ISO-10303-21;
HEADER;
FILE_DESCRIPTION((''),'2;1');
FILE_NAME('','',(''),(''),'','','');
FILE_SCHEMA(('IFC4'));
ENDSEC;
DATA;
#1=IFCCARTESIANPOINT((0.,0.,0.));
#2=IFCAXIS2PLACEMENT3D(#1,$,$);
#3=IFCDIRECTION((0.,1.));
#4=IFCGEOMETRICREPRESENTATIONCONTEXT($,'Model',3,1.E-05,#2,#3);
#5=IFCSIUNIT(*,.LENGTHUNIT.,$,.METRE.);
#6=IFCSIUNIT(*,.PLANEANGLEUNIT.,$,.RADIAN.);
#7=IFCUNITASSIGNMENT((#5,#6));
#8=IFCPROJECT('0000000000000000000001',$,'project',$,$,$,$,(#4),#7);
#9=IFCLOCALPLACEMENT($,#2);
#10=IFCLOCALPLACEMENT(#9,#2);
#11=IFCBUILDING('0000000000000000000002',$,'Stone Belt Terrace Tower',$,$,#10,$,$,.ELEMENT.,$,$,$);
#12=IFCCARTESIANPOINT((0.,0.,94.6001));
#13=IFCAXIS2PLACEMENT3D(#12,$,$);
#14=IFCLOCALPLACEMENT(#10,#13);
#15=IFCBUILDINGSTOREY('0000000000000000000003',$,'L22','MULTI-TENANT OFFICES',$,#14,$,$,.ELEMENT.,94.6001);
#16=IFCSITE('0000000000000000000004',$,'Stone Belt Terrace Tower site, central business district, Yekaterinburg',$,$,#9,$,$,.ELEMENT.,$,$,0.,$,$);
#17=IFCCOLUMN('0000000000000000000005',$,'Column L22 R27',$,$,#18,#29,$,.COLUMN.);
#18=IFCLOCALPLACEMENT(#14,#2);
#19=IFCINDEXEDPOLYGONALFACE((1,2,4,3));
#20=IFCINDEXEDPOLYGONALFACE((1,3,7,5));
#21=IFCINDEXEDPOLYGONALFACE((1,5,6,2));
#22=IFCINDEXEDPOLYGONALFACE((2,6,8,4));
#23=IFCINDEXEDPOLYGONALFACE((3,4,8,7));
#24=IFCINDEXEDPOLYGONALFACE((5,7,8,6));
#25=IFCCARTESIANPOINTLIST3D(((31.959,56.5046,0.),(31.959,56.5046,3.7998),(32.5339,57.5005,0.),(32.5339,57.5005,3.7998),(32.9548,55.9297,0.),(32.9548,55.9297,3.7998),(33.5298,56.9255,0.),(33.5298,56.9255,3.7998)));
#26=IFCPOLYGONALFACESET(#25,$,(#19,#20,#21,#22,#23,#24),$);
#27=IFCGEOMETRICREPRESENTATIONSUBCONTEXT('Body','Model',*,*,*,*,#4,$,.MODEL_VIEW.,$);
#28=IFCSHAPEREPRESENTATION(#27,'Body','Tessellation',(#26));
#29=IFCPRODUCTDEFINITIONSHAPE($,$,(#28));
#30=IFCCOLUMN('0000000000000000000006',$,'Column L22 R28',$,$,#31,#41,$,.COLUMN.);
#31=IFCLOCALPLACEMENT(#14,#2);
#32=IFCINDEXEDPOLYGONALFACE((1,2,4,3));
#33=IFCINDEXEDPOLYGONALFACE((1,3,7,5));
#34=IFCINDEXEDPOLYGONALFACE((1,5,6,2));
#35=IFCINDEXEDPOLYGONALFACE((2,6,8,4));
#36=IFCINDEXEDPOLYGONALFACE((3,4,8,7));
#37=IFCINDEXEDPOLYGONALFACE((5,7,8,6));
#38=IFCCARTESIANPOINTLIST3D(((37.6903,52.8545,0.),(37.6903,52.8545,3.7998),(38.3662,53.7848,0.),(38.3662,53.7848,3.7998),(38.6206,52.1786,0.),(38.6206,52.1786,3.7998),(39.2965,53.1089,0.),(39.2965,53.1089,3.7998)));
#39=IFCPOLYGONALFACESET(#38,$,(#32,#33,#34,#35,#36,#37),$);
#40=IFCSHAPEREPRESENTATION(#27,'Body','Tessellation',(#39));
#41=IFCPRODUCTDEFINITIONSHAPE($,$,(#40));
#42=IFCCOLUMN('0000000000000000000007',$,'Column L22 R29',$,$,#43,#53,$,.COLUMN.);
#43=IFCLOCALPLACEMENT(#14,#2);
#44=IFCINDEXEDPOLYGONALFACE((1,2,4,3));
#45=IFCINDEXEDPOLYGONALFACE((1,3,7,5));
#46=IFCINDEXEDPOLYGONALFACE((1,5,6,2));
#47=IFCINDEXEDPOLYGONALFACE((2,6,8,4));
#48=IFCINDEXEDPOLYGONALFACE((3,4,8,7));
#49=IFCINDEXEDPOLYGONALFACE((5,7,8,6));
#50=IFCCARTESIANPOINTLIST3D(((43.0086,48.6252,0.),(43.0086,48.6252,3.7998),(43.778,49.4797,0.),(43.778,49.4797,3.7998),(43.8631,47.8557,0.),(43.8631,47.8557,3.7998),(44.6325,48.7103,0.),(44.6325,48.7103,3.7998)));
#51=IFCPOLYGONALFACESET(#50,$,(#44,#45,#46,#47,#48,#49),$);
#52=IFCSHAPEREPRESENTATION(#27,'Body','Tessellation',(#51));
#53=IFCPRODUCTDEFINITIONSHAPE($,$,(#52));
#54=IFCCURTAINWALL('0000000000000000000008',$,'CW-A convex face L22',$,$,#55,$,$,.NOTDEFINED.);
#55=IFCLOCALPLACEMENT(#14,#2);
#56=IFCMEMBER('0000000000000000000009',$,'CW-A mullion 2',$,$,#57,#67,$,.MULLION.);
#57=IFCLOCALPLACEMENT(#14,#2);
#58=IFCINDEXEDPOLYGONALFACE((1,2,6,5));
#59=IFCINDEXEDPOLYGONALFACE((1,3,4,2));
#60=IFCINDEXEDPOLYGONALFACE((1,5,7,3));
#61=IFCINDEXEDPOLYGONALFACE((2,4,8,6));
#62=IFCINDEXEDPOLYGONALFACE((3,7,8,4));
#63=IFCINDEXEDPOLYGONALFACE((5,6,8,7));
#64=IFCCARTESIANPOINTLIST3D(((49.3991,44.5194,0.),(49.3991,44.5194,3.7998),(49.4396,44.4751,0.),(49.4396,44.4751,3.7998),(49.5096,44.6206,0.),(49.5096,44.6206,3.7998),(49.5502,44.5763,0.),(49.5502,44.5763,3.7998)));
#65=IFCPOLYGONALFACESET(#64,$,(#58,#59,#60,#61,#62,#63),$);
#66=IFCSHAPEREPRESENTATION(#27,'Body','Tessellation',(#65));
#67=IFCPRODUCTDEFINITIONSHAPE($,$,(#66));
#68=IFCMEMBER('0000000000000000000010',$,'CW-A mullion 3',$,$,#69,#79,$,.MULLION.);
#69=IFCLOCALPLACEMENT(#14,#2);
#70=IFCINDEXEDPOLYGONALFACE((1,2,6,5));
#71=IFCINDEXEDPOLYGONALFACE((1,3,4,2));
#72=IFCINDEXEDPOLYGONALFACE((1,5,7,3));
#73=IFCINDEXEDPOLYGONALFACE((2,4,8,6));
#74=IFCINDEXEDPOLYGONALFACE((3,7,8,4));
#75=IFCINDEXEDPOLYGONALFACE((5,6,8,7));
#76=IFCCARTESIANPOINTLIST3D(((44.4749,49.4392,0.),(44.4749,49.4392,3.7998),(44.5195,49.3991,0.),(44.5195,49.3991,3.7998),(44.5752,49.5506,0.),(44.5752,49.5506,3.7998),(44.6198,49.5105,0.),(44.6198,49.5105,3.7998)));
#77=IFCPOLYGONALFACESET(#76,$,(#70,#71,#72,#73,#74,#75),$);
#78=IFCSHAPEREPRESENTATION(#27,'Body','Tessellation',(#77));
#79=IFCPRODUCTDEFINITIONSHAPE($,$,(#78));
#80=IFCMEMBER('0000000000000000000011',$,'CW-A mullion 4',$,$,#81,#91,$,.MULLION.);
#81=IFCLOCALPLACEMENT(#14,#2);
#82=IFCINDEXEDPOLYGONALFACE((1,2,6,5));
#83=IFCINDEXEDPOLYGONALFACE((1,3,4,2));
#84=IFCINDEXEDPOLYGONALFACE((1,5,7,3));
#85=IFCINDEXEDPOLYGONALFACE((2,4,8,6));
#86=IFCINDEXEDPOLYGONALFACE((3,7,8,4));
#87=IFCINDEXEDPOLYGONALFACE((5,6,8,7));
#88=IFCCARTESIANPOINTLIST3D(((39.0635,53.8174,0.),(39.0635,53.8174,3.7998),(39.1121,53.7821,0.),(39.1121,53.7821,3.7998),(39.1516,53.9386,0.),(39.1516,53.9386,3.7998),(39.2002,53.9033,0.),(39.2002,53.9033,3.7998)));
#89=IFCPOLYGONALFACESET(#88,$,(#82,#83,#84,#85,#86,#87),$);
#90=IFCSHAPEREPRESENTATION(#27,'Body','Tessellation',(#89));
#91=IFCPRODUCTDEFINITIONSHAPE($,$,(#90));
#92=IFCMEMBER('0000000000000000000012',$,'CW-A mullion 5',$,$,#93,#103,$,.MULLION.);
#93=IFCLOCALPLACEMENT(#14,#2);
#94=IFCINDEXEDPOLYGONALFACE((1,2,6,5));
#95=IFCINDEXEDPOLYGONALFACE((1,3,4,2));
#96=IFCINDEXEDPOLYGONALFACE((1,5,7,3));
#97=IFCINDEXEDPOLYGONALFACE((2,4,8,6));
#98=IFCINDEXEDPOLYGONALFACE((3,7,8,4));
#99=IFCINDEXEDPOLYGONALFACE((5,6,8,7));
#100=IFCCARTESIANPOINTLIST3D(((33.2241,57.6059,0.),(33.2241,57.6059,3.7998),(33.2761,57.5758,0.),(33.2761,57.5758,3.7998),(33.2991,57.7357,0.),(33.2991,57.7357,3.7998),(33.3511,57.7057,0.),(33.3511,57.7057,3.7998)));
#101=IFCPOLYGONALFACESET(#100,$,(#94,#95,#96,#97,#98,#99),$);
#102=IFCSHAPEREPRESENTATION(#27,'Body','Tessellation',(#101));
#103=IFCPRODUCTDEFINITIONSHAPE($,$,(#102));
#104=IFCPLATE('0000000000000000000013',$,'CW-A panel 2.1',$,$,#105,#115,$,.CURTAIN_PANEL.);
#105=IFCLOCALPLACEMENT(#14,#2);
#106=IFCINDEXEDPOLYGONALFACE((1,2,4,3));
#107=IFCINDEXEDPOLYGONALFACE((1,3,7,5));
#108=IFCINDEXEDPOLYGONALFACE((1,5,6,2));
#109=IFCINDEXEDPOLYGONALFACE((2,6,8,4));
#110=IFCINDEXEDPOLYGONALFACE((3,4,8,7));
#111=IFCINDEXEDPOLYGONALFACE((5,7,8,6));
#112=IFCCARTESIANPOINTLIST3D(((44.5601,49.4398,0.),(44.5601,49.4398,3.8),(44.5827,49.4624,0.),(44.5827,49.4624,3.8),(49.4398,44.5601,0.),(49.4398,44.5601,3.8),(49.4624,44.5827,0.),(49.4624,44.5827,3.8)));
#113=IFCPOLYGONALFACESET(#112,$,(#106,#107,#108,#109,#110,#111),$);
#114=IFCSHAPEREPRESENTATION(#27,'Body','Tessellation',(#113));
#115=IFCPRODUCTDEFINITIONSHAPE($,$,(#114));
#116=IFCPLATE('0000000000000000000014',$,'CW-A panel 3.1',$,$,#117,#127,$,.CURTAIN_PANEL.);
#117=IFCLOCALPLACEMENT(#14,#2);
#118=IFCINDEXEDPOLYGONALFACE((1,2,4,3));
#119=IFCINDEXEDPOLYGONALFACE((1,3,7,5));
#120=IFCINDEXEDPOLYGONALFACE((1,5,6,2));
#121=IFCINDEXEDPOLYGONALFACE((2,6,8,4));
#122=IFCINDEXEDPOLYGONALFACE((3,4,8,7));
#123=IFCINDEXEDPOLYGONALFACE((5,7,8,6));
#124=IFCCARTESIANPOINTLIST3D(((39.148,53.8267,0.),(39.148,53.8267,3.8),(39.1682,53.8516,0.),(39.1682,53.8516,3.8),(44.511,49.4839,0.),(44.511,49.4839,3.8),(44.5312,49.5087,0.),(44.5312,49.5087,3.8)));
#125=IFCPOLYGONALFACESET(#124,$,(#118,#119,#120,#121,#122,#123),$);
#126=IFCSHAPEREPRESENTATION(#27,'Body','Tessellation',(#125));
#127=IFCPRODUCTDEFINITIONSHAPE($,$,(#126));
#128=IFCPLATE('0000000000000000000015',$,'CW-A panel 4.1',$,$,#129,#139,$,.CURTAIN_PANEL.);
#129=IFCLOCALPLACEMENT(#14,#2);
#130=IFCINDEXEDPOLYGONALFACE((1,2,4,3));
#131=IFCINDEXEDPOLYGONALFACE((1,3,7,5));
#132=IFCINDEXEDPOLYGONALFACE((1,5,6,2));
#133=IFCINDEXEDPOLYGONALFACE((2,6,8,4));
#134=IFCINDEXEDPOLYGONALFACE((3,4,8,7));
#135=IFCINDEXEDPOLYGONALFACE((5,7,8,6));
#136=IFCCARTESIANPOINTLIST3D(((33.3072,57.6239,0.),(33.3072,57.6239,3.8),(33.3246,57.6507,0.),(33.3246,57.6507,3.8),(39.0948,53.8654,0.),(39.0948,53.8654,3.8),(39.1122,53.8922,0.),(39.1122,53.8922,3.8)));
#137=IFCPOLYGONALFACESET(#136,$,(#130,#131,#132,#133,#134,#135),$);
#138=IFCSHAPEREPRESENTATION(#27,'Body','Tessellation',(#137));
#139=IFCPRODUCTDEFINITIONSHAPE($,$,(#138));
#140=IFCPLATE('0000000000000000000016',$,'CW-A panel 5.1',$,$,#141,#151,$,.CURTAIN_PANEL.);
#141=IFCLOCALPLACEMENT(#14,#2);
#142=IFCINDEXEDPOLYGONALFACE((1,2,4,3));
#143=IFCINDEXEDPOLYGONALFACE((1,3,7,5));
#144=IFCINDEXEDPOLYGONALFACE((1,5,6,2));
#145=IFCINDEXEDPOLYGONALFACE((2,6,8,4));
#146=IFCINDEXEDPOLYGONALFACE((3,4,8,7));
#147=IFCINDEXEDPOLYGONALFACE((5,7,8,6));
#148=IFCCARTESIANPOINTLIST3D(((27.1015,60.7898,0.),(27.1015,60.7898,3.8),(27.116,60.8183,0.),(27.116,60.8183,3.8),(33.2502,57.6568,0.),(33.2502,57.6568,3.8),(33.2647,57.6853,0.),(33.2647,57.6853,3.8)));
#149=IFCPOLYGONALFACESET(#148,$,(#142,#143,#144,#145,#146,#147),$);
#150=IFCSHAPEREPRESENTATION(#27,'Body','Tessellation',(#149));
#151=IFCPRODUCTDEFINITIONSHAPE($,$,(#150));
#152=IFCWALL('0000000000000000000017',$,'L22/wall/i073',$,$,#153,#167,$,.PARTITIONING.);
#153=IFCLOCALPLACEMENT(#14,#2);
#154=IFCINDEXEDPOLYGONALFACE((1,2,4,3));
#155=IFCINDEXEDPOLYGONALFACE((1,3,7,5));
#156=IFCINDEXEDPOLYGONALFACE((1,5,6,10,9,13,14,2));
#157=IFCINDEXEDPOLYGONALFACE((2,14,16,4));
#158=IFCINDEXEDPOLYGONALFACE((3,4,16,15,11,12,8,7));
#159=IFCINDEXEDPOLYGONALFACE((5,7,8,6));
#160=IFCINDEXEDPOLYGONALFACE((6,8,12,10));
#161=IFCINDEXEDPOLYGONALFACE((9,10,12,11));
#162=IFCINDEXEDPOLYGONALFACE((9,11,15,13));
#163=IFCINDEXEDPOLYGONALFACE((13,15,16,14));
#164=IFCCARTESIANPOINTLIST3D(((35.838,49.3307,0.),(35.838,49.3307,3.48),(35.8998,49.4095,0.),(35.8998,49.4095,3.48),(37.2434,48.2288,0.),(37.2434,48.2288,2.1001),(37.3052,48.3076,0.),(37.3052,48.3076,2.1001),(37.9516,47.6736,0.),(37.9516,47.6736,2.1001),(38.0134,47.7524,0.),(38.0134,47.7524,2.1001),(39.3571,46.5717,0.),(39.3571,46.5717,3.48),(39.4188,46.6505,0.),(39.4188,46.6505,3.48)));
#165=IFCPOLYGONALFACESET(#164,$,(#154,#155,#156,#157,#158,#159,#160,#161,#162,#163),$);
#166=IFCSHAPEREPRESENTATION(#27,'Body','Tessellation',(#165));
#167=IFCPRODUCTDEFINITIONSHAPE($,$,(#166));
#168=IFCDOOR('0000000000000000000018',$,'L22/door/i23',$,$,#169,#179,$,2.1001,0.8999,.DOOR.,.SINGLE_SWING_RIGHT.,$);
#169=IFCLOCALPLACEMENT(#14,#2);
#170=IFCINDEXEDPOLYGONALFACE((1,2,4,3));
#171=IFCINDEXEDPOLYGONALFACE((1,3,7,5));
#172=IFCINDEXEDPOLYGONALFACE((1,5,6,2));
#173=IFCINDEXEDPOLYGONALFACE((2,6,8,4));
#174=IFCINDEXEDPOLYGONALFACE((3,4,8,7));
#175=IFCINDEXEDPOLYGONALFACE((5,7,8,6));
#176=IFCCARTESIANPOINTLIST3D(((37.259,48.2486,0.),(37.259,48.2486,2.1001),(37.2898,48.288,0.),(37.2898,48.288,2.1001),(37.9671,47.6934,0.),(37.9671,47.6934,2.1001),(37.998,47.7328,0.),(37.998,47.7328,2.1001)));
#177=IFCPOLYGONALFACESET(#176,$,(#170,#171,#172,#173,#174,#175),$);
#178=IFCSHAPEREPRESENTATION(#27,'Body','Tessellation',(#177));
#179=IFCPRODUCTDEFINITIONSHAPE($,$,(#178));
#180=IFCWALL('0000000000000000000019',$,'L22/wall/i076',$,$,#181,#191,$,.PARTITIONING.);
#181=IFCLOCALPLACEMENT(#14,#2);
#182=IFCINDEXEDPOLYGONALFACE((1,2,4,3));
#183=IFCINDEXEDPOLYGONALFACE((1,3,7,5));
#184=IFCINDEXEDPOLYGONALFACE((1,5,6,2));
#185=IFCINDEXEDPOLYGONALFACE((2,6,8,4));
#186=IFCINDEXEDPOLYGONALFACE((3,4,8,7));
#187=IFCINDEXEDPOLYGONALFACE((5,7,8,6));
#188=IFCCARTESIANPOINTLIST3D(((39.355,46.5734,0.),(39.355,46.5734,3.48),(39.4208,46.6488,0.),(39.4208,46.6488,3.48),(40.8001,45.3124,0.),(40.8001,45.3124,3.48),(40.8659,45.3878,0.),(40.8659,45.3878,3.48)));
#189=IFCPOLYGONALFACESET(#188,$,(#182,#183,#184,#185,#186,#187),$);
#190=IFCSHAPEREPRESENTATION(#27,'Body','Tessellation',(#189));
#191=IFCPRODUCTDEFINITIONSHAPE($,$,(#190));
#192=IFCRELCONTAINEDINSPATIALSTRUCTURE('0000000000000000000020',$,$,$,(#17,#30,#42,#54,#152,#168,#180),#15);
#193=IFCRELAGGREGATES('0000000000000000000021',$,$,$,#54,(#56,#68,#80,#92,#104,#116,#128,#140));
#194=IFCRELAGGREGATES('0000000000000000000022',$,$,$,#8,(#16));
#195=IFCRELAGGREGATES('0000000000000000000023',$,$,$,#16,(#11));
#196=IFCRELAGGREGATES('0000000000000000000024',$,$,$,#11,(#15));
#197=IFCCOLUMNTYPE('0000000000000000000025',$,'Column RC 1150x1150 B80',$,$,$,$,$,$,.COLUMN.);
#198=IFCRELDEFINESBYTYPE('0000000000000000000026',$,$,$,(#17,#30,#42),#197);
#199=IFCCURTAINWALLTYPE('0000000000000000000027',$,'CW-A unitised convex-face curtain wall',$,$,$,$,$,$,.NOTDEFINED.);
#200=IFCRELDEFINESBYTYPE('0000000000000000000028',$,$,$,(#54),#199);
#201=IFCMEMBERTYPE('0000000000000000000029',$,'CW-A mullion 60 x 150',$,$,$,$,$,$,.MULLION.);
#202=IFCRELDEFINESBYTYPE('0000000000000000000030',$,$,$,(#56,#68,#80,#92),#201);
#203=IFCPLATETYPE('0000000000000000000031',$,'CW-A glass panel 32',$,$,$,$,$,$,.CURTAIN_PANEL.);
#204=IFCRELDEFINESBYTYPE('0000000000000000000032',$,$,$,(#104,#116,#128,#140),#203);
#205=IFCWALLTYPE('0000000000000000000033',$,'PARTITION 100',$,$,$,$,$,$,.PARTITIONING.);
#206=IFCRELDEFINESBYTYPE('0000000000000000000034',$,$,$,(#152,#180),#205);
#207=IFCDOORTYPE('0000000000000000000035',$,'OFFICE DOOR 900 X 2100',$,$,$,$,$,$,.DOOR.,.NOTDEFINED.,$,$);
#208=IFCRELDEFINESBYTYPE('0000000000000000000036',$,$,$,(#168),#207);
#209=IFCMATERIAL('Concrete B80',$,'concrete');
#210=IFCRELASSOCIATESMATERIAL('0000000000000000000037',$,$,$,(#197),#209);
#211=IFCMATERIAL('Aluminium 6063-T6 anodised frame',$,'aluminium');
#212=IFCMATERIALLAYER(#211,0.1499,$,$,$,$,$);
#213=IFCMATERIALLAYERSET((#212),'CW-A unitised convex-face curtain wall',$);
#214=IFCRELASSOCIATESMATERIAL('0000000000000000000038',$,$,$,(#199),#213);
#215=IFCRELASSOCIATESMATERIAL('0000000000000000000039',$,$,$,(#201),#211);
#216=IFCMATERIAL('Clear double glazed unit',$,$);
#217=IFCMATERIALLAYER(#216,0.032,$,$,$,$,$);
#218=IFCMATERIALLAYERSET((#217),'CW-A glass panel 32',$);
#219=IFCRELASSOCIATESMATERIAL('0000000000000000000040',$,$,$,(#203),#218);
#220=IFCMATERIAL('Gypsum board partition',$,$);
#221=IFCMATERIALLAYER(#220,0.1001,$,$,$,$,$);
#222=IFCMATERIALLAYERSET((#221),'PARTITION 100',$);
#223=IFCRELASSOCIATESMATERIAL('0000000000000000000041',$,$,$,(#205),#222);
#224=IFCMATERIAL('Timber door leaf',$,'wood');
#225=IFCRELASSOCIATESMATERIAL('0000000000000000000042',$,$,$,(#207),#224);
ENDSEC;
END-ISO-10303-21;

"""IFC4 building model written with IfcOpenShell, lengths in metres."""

from ifc_helpers import new_model, si_unit, direction, frame, frame_2d, origin, origin_2d, place, context, subcontext, project, spatial, rectangle, extrude, material, layer, layer_set, material_profile, profile_set, type_object, element, fill, aggregate, save


model = new_model("IFC4")

# Units and contexts
model_context = context("Model", 3, precision=1e-05, world=origin(), true_north=direction((0.0, 1.0)))
body_context = subcontext(model_context, "Body", "Model", "MODEL_VIEW")
ifc_project = project(units=[si_unit("LENGTHUNIT", "METRE"), si_unit("PLANEANGLEUNIT", "RADIAN")], contexts=[model_context])

# Site, building, storey
site_placement = place(None, origin())
site = spatial("IfcSite", under=ifc_project, at=site_placement, Name="Stone Belt Terrace Tower site, central business district, Yekaterinburg", CompositionType="ELEMENT", RefElevation=0.0)
building_placement = place(site_placement, origin())
building = spatial("IfcBuilding", under=site, at=building_placement, Name="Stone Belt Terrace Tower", CompositionType="ELEMENT")
storey_placement = place(building_placement, frame((0.0, 0.0, 94.6001)))
storey = spatial("IfcBuildingStorey", under=building, at=storey_placement, Name="L22", Description="MULTI-TENANT OFFICES", CompositionType="ELEMENT", Elevation=94.6001)

# Columns
ifc_material_1 = material(Name="Concrete B80", Category="concrete")
ifc_material_profile_1 = material_profile(ifc_material_1, rectangle(XDim=1.1499, YDim=1.1499, at=origin_2d()), Name="RC 1150x1150")
ifc_profile_set_1 = profile_set([ifc_material_profile_1], Name="Concrete B80")
column_type = type_object("IfcColumnType", Name="Column RC 1150x1150 B80", PredefinedType="COLUMN", material=ifc_profile_set_1)
for number, where, z_axis, x_axis, name in (
    (1, (32.7444, 56.7151, 0.0), (0.0, 0.0, 1.0), (0.866025, -0.5, 0.0), "Column L22 R27"),
    (2, (38.4934, 52.9817, 0.0), (0.0, 0.0, 1.0), (0.809017, -0.587785, 0.0), "Column L22 R28"),
    (3, (43.8206, 48.6677, 0.0), (0.0, 0.0, 1.0), (0.743145, -0.669131, 0.0), "Column L22 R29"),
):
    element("IfcColumn", number, at=place(storey_placement, frame(where, z_axis=z_axis, x_axis=x_axis)), inside=storey, type_object=column_type, Name=name, PredefinedType="COLUMN", context=body_context, shape_type="SweptSolid", body=[
        extrude(rectangle(XDim=1.1499, YDim=1.1499, at=origin_2d()), origin(), (0.0, 0.0, 1.0), 3.7998),
    ])

# Curtain wall, members, plates
ifc_material_2 = material(Name="Aluminium 6063-T6 anodised frame", Category="aluminium")
ifc_layer_1 = layer(ifc_material_2, 0.1499)
ifc_layer_set_1 = layer_set([ifc_layer_1], Name="CW-A unitised convex-face curtain wall")
curtain_wall_type = type_object("IfcCurtainWallType", Name="CW-A unitised convex-face curtain wall", PredefinedType="NOTDEFINED", material=ifc_layer_set_1)
curtain_wall_placement = place(storey_placement, origin())
curtain_wall = element("IfcCurtainWall", 4, at=curtain_wall_placement, inside=storey, type_object=curtain_wall_type, Name="CW-A convex face L22", PredefinedType="NOTDEFINED")
ifc_material_profile_2 = material_profile(ifc_material_2, rectangle(XDim=0.1499, YDim=0.0601, at=origin_2d()), Name="Aluminium 6063-T6 60x150")
ifc_profile_set_2 = profile_set([ifc_material_profile_2], Name="Aluminium 6063-T6 anodised frame")
member_type = type_object("IfcMemberType", Name="CW-A mullion 60 x 150", PredefinedType="MULLION", material=ifc_profile_set_2)
member_1_placement = place(storey_placement, frame((49.4746, 44.5479, 0.0), z_axis=(0.0, 0.0, 1.0), x_axis=(-0.7374, -0.675456, 0.0)))
member_1 = element("IfcMember", 5, at=member_1_placement, type_object=member_type, Name="CW-A mullion 2", PredefinedType="MULLION", context=body_context, shape_type="SweptSolid", body=[
    extrude(rectangle(XDim=0.1499, YDim=0.0601, at=origin_2d()), origin(), (0.0, 0.0, 1.0), 3.7998),
])
member_2_placement = place(storey_placement, frame((44.5474, 49.4749, 0.0), z_axis=(0.0, 0.0, 1.0), x_axis=(-0.669131, -0.743145, 0.0)))
member_2 = element("IfcMember", 6, at=member_2_placement, type_object=member_type, Name="CW-A mullion 3", PredefinedType="MULLION", context=body_context, shape_type="SweptSolid", body=[
    extrude(rectangle(XDim=0.1499, YDim=0.0601, at=origin_2d()), origin(), (0.0, 0.0, 1.0), 3.7998),
])
member_3_placement = place(storey_placement, frame((39.1318, 53.8604, 0.0), z_axis=(0.0, 0.0, 1.0), x_axis=(-0.587785, -0.809017, 0.0)))
member_3 = element("IfcMember", 7, at=member_3_placement, type_object=member_type, Name="CW-A mullion 4", PredefinedType="MULLION", context=body_context, shape_type="SweptSolid", body=[
    extrude(rectangle(XDim=0.1499, YDim=0.0601, at=origin_2d()), origin(), (0.0, 0.0, 1.0), 3.7998),
])
member_4_placement = place(storey_placement, frame((33.2876, 57.6558, 0.0), z_axis=(0.0, 0.0, 1.0), x_axis=(-0.5, -0.866025, 0.0)))
member_4 = element("IfcMember", 8, at=member_4_placement, type_object=member_type, Name="CW-A mullion 5", PredefinedType="MULLION", context=body_context, shape_type="SweptSolid", body=[
    extrude(rectangle(XDim=0.1499, YDim=0.0601, at=origin_2d()), origin(), (0.0, 0.0, 1.0), 3.7998),
])
ifc_material_3 = material(Name="Clear double glazed unit")
ifc_layer_2 = layer(ifc_material_3, 0.032)
ifc_layer_set_2 = layer_set([ifc_layer_2], Name="CW-A glass panel 32")
plate_type = type_object("IfcPlateType", Name="CW-A glass panel 32", PredefinedType="CURTAIN_PANEL", material=ifc_layer_set_2)
plate_1_placement = place(storey_placement, frame((47.0112, 47.0112, 0.0), z_axis=(0.0, 0.0, 1.0), x_axis=(-0.707107, 0.707107, 0.0)))
plate_1 = element("IfcPlate", 9, at=plate_1_placement, type_object=plate_type, Name="CW-A panel 2.1", PredefinedType="CURTAIN_PANEL", context=body_context, shape_type="SweptSolid", body=[
    extrude(rectangle(XDim=6.9009, YDim=0.032, at=origin_2d()), origin(), (0.0, 0.0, 1.0), 3.8),
])
plate_2_placement = place(storey_placement, frame((41.8396, 51.6677, 0.0), z_axis=(0.0, 0.0, 1.0), x_axis=(-0.777146, 0.62932, 0.0)))
plate_2 = element("IfcPlate", 10, at=plate_2_placement, type_object=plate_type, Name="CW-A panel 3.1", PredefinedType="CURTAIN_PANEL", context=body_context, shape_type="SweptSolid", body=[
    extrude(rectangle(XDim=6.9009, YDim=0.032, at=origin_2d()), origin(), (0.0, 0.0, 1.0), 3.8),
])
plate_3_placement = place(storey_placement, frame((36.2097, 55.7581, 0.0), z_axis=(0.0, 0.0, 1.0), x_axis=(-0.838671, 0.544639, 0.0)))
plate_3 = element("IfcPlate", 11, at=plate_3_placement, type_object=plate_type, Name="CW-A panel 4.1", PredefinedType="CURTAIN_PANEL", context=body_context, shape_type="SweptSolid", body=[
    extrude(rectangle(XDim=6.9009, YDim=0.032, at=origin_2d()), origin(), (0.0, 0.0, 1.0), 3.8),
])
plate_4_placement = place(storey_placement, frame((30.1831, 59.2375, 0.0), z_axis=(0.0, 0.0, 1.0), x_axis=(-0.891007, 0.45399, 0.0)))
plate_4 = element("IfcPlate", 12, at=plate_4_placement, type_object=plate_type, Name="CW-A panel 5.1", PredefinedType="CURTAIN_PANEL", context=body_context, shape_type="SweptSolid", body=[
    extrude(rectangle(XDim=6.9009, YDim=0.032, at=origin_2d()), origin(), (0.0, 0.0, 1.0), 3.8),
])
aggregate(curtain_wall, [member_1, member_2, member_3, member_4, plate_1, plate_2, plate_3, plate_4])

# Wall, opening, door
ifc_material_4 = material(Name="Gypsum board partition")
ifc_layer_3 = layer(ifc_material_4, 0.1001)
ifc_layer_set_3 = layer_set([ifc_layer_3], Name="PARTITION 100")
wall_type_1 = type_object("IfcWallType", Name="PARTITION 100", PredefinedType="PARTITIONING", material=ifc_layer_set_3)
wall_1_placement = place(storey_placement, frame((39.3879, 46.6111, 0.0), z_axis=(0.0, 0.0, 1.0), x_axis=(-0.786962, 0.617001, 0.0)))
wall_1 = element("IfcWall", 13, at=wall_1_placement, inside=storey, type_object=wall_type_1, Name="L22/wall/i073", PredefinedType="PARTITIONING", context=body_context, shape_type="SweptSolid", body=[
    extrude(rectangle(XDim=4.4717, YDim=0.1001, at=frame_2d((2.2358, 0.0))), origin(), (0.0, 0.0, 1.0), 3.48),
])
opening_1_placement = place(wall_1_placement, frame((1.7859, 0.0, 0.0)))
opening_1 = element("IfcOpeningElement", 14, at=opening_1_placement, cuts=wall_1, PredefinedType="OPENING", context=body_context, shape_type="SweptSolid", body=[
    extrude(rectangle(XDim=0.8999, YDim=2.1001, at=frame_2d((0.45, 1.05))), frame((0.0, 0.0601, 0.0), z_axis=(0.0, -1.0, 0.0), x_axis=(1.0, 0.0, 0.0)), (0.0, 0.0, 1.0), 0.1201),
])
ifc_material_5 = material(Name="Timber door leaf", Category="wood")
door_type_1 = type_object("IfcDoorType", Name="OFFICE DOOR 900 X 2100", OperationType="NOTDEFINED", PredefinedType="DOOR", material=ifc_material_5)
door_1_placement = place(opening_1_placement, origin())
door_1 = element("IfcDoor", 15, at=door_1_placement, inside=storey, type_object=door_type_1, Name="L22/door/i23", OperationType="SINGLE_SWING_RIGHT", OverallHeight=2.1001, OverallWidth=0.8999, PredefinedType="DOOR", context=body_context, shape_type="SweptSolid", body=[
    extrude(rectangle(XDim=0.8999, YDim=2.1001, at=frame_2d((0.45, 1.05))), frame((0.0, 0.0249, 0.0), z_axis=(0.0, -1.0, 0.0), x_axis=(1.0, 0.0, 0.0)), (0.0, 0.0, 1.0), 0.05),
])
fill(opening_1, door_1)

# Wall
wall_2_placement = place(storey_placement, frame((40.833, 45.3501, 0.0), z_axis=(0.0, 0.0, 1.0), x_axis=(-0.753467, 0.657486, 0.0)))
element("IfcWall", 16, at=wall_2_placement, inside=storey, type_object=wall_type_1, Name="L22/wall/i076", PredefinedType="PARTITIONING", context=body_context, shape_type="SweptSolid", body=[
    extrude(rectangle(XDim=1.918, YDim=0.1001, at=frame_2d((0.959, 0.0))), origin(), (0.0, 0.0, 1.0), 3.48),
])

save(model, "model.ifc")
